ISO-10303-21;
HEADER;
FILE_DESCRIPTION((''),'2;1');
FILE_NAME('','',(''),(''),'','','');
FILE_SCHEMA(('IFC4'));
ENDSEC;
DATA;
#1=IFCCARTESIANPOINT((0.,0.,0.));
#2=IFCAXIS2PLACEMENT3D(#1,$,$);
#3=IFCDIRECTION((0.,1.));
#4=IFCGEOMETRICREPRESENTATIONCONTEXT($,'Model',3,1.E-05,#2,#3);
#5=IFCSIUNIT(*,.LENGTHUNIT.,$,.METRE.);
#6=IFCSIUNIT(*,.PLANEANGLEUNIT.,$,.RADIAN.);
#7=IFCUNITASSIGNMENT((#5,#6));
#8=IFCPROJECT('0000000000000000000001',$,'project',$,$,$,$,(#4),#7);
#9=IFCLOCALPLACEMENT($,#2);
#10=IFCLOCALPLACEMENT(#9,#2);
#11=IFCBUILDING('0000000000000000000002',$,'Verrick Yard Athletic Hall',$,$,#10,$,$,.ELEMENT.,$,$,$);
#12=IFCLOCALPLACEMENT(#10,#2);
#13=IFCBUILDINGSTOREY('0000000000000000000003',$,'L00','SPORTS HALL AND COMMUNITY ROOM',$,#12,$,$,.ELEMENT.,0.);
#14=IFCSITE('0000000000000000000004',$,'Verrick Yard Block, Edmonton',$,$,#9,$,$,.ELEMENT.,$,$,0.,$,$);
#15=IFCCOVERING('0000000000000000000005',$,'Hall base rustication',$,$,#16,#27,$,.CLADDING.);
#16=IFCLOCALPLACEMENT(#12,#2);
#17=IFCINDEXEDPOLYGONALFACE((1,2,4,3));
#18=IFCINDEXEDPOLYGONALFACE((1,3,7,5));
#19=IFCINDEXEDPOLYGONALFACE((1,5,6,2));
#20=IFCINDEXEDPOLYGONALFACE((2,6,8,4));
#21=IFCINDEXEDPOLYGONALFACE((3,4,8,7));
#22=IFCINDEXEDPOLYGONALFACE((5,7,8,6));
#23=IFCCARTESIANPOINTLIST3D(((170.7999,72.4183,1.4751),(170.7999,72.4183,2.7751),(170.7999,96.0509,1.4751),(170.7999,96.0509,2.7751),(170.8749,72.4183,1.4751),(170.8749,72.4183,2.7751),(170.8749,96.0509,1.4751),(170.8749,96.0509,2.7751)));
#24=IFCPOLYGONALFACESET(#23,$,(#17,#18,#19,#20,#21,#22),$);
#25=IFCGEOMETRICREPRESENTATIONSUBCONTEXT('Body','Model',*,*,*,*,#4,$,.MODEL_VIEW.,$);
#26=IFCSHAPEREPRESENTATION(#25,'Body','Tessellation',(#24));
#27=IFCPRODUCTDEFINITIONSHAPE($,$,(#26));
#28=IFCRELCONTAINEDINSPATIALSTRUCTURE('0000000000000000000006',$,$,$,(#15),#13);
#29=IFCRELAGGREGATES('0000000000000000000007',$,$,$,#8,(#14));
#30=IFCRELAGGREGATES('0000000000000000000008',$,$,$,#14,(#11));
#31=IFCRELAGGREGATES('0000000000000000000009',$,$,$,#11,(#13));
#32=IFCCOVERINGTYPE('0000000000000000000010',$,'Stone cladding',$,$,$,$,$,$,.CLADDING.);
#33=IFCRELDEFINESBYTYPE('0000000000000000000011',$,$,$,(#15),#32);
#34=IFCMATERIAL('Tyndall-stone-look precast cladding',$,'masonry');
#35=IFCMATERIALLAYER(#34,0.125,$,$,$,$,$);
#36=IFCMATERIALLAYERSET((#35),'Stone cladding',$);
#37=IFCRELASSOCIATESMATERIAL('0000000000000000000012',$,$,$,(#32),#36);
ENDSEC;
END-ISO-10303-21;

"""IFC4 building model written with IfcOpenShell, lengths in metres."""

from ifc_helpers import new_model, si_unit, direction, frame, origin, origin_2d, place, context, subcontext, project, spatial, rectangle, extrude, material, layer, layer_set, type_object, element, save


model = new_model("IFC4")

# Units and contexts
model_context = context("Model", 3, precision=1e-05, world=origin(), true_north=direction((0.0, 1.0)))
body_context = subcontext(model_context, "Body", "Model", "MODEL_VIEW")
ifc_project = project(units=[si_unit("LENGTHUNIT", "METRE"), si_unit("PLANEANGLEUNIT", "RADIAN")], contexts=[model_context])

# Site, building, storey
site_placement = place(None, origin())
site = spatial("IfcSite", under=ifc_project, at=site_placement, Name="Verrick Yard Block, Edmonton", CompositionType="ELEMENT", RefElevation=0.0)
building_placement = place(site_placement, origin())
building = spatial("IfcBuilding", under=site, at=building_placement, Name="Verrick Yard Athletic Hall", CompositionType="ELEMENT")
storey_placement = place(building_placement, origin())
storey = spatial("IfcBuildingStorey", under=building, at=storey_placement, Name="L00", Description="SPORTS HALL AND COMMUNITY ROOM", CompositionType="ELEMENT", Elevation=0.0)

# Covering
ifc_material_1 = material(Name="Tyndall-stone-look precast cladding", Category="masonry")
ifc_layer = layer(ifc_material_1, 0.125)
ifc_layer_set = layer_set([ifc_layer], Name="Stone cladding")
covering_type = type_object("IfcCoveringType", Name="Stone cladding", PredefinedType="CLADDING", material=ifc_layer_set)
for number, where, z_axis, x_axis, name in (
    (1, (170.8374, 84.2346, 1.4751), (0.0, 0.0, 1.0), (0.0, 1.0, 0.0), "Hall base rustication"),
):
    element("IfcCovering", number, at=place(storey_placement, frame(where, z_axis=z_axis, x_axis=x_axis)), inside=storey, type_object=covering_type, Name=name, PredefinedType="CLADDING", context=body_context, shape_type="SweptSolid", body=[
        extrude(rectangle(XDim=23.6326, YDim=0.075, at=origin_2d()), origin(), (0.0, 0.0, 1.0), 1.3),
    ])

save(model, "model.ifc")
